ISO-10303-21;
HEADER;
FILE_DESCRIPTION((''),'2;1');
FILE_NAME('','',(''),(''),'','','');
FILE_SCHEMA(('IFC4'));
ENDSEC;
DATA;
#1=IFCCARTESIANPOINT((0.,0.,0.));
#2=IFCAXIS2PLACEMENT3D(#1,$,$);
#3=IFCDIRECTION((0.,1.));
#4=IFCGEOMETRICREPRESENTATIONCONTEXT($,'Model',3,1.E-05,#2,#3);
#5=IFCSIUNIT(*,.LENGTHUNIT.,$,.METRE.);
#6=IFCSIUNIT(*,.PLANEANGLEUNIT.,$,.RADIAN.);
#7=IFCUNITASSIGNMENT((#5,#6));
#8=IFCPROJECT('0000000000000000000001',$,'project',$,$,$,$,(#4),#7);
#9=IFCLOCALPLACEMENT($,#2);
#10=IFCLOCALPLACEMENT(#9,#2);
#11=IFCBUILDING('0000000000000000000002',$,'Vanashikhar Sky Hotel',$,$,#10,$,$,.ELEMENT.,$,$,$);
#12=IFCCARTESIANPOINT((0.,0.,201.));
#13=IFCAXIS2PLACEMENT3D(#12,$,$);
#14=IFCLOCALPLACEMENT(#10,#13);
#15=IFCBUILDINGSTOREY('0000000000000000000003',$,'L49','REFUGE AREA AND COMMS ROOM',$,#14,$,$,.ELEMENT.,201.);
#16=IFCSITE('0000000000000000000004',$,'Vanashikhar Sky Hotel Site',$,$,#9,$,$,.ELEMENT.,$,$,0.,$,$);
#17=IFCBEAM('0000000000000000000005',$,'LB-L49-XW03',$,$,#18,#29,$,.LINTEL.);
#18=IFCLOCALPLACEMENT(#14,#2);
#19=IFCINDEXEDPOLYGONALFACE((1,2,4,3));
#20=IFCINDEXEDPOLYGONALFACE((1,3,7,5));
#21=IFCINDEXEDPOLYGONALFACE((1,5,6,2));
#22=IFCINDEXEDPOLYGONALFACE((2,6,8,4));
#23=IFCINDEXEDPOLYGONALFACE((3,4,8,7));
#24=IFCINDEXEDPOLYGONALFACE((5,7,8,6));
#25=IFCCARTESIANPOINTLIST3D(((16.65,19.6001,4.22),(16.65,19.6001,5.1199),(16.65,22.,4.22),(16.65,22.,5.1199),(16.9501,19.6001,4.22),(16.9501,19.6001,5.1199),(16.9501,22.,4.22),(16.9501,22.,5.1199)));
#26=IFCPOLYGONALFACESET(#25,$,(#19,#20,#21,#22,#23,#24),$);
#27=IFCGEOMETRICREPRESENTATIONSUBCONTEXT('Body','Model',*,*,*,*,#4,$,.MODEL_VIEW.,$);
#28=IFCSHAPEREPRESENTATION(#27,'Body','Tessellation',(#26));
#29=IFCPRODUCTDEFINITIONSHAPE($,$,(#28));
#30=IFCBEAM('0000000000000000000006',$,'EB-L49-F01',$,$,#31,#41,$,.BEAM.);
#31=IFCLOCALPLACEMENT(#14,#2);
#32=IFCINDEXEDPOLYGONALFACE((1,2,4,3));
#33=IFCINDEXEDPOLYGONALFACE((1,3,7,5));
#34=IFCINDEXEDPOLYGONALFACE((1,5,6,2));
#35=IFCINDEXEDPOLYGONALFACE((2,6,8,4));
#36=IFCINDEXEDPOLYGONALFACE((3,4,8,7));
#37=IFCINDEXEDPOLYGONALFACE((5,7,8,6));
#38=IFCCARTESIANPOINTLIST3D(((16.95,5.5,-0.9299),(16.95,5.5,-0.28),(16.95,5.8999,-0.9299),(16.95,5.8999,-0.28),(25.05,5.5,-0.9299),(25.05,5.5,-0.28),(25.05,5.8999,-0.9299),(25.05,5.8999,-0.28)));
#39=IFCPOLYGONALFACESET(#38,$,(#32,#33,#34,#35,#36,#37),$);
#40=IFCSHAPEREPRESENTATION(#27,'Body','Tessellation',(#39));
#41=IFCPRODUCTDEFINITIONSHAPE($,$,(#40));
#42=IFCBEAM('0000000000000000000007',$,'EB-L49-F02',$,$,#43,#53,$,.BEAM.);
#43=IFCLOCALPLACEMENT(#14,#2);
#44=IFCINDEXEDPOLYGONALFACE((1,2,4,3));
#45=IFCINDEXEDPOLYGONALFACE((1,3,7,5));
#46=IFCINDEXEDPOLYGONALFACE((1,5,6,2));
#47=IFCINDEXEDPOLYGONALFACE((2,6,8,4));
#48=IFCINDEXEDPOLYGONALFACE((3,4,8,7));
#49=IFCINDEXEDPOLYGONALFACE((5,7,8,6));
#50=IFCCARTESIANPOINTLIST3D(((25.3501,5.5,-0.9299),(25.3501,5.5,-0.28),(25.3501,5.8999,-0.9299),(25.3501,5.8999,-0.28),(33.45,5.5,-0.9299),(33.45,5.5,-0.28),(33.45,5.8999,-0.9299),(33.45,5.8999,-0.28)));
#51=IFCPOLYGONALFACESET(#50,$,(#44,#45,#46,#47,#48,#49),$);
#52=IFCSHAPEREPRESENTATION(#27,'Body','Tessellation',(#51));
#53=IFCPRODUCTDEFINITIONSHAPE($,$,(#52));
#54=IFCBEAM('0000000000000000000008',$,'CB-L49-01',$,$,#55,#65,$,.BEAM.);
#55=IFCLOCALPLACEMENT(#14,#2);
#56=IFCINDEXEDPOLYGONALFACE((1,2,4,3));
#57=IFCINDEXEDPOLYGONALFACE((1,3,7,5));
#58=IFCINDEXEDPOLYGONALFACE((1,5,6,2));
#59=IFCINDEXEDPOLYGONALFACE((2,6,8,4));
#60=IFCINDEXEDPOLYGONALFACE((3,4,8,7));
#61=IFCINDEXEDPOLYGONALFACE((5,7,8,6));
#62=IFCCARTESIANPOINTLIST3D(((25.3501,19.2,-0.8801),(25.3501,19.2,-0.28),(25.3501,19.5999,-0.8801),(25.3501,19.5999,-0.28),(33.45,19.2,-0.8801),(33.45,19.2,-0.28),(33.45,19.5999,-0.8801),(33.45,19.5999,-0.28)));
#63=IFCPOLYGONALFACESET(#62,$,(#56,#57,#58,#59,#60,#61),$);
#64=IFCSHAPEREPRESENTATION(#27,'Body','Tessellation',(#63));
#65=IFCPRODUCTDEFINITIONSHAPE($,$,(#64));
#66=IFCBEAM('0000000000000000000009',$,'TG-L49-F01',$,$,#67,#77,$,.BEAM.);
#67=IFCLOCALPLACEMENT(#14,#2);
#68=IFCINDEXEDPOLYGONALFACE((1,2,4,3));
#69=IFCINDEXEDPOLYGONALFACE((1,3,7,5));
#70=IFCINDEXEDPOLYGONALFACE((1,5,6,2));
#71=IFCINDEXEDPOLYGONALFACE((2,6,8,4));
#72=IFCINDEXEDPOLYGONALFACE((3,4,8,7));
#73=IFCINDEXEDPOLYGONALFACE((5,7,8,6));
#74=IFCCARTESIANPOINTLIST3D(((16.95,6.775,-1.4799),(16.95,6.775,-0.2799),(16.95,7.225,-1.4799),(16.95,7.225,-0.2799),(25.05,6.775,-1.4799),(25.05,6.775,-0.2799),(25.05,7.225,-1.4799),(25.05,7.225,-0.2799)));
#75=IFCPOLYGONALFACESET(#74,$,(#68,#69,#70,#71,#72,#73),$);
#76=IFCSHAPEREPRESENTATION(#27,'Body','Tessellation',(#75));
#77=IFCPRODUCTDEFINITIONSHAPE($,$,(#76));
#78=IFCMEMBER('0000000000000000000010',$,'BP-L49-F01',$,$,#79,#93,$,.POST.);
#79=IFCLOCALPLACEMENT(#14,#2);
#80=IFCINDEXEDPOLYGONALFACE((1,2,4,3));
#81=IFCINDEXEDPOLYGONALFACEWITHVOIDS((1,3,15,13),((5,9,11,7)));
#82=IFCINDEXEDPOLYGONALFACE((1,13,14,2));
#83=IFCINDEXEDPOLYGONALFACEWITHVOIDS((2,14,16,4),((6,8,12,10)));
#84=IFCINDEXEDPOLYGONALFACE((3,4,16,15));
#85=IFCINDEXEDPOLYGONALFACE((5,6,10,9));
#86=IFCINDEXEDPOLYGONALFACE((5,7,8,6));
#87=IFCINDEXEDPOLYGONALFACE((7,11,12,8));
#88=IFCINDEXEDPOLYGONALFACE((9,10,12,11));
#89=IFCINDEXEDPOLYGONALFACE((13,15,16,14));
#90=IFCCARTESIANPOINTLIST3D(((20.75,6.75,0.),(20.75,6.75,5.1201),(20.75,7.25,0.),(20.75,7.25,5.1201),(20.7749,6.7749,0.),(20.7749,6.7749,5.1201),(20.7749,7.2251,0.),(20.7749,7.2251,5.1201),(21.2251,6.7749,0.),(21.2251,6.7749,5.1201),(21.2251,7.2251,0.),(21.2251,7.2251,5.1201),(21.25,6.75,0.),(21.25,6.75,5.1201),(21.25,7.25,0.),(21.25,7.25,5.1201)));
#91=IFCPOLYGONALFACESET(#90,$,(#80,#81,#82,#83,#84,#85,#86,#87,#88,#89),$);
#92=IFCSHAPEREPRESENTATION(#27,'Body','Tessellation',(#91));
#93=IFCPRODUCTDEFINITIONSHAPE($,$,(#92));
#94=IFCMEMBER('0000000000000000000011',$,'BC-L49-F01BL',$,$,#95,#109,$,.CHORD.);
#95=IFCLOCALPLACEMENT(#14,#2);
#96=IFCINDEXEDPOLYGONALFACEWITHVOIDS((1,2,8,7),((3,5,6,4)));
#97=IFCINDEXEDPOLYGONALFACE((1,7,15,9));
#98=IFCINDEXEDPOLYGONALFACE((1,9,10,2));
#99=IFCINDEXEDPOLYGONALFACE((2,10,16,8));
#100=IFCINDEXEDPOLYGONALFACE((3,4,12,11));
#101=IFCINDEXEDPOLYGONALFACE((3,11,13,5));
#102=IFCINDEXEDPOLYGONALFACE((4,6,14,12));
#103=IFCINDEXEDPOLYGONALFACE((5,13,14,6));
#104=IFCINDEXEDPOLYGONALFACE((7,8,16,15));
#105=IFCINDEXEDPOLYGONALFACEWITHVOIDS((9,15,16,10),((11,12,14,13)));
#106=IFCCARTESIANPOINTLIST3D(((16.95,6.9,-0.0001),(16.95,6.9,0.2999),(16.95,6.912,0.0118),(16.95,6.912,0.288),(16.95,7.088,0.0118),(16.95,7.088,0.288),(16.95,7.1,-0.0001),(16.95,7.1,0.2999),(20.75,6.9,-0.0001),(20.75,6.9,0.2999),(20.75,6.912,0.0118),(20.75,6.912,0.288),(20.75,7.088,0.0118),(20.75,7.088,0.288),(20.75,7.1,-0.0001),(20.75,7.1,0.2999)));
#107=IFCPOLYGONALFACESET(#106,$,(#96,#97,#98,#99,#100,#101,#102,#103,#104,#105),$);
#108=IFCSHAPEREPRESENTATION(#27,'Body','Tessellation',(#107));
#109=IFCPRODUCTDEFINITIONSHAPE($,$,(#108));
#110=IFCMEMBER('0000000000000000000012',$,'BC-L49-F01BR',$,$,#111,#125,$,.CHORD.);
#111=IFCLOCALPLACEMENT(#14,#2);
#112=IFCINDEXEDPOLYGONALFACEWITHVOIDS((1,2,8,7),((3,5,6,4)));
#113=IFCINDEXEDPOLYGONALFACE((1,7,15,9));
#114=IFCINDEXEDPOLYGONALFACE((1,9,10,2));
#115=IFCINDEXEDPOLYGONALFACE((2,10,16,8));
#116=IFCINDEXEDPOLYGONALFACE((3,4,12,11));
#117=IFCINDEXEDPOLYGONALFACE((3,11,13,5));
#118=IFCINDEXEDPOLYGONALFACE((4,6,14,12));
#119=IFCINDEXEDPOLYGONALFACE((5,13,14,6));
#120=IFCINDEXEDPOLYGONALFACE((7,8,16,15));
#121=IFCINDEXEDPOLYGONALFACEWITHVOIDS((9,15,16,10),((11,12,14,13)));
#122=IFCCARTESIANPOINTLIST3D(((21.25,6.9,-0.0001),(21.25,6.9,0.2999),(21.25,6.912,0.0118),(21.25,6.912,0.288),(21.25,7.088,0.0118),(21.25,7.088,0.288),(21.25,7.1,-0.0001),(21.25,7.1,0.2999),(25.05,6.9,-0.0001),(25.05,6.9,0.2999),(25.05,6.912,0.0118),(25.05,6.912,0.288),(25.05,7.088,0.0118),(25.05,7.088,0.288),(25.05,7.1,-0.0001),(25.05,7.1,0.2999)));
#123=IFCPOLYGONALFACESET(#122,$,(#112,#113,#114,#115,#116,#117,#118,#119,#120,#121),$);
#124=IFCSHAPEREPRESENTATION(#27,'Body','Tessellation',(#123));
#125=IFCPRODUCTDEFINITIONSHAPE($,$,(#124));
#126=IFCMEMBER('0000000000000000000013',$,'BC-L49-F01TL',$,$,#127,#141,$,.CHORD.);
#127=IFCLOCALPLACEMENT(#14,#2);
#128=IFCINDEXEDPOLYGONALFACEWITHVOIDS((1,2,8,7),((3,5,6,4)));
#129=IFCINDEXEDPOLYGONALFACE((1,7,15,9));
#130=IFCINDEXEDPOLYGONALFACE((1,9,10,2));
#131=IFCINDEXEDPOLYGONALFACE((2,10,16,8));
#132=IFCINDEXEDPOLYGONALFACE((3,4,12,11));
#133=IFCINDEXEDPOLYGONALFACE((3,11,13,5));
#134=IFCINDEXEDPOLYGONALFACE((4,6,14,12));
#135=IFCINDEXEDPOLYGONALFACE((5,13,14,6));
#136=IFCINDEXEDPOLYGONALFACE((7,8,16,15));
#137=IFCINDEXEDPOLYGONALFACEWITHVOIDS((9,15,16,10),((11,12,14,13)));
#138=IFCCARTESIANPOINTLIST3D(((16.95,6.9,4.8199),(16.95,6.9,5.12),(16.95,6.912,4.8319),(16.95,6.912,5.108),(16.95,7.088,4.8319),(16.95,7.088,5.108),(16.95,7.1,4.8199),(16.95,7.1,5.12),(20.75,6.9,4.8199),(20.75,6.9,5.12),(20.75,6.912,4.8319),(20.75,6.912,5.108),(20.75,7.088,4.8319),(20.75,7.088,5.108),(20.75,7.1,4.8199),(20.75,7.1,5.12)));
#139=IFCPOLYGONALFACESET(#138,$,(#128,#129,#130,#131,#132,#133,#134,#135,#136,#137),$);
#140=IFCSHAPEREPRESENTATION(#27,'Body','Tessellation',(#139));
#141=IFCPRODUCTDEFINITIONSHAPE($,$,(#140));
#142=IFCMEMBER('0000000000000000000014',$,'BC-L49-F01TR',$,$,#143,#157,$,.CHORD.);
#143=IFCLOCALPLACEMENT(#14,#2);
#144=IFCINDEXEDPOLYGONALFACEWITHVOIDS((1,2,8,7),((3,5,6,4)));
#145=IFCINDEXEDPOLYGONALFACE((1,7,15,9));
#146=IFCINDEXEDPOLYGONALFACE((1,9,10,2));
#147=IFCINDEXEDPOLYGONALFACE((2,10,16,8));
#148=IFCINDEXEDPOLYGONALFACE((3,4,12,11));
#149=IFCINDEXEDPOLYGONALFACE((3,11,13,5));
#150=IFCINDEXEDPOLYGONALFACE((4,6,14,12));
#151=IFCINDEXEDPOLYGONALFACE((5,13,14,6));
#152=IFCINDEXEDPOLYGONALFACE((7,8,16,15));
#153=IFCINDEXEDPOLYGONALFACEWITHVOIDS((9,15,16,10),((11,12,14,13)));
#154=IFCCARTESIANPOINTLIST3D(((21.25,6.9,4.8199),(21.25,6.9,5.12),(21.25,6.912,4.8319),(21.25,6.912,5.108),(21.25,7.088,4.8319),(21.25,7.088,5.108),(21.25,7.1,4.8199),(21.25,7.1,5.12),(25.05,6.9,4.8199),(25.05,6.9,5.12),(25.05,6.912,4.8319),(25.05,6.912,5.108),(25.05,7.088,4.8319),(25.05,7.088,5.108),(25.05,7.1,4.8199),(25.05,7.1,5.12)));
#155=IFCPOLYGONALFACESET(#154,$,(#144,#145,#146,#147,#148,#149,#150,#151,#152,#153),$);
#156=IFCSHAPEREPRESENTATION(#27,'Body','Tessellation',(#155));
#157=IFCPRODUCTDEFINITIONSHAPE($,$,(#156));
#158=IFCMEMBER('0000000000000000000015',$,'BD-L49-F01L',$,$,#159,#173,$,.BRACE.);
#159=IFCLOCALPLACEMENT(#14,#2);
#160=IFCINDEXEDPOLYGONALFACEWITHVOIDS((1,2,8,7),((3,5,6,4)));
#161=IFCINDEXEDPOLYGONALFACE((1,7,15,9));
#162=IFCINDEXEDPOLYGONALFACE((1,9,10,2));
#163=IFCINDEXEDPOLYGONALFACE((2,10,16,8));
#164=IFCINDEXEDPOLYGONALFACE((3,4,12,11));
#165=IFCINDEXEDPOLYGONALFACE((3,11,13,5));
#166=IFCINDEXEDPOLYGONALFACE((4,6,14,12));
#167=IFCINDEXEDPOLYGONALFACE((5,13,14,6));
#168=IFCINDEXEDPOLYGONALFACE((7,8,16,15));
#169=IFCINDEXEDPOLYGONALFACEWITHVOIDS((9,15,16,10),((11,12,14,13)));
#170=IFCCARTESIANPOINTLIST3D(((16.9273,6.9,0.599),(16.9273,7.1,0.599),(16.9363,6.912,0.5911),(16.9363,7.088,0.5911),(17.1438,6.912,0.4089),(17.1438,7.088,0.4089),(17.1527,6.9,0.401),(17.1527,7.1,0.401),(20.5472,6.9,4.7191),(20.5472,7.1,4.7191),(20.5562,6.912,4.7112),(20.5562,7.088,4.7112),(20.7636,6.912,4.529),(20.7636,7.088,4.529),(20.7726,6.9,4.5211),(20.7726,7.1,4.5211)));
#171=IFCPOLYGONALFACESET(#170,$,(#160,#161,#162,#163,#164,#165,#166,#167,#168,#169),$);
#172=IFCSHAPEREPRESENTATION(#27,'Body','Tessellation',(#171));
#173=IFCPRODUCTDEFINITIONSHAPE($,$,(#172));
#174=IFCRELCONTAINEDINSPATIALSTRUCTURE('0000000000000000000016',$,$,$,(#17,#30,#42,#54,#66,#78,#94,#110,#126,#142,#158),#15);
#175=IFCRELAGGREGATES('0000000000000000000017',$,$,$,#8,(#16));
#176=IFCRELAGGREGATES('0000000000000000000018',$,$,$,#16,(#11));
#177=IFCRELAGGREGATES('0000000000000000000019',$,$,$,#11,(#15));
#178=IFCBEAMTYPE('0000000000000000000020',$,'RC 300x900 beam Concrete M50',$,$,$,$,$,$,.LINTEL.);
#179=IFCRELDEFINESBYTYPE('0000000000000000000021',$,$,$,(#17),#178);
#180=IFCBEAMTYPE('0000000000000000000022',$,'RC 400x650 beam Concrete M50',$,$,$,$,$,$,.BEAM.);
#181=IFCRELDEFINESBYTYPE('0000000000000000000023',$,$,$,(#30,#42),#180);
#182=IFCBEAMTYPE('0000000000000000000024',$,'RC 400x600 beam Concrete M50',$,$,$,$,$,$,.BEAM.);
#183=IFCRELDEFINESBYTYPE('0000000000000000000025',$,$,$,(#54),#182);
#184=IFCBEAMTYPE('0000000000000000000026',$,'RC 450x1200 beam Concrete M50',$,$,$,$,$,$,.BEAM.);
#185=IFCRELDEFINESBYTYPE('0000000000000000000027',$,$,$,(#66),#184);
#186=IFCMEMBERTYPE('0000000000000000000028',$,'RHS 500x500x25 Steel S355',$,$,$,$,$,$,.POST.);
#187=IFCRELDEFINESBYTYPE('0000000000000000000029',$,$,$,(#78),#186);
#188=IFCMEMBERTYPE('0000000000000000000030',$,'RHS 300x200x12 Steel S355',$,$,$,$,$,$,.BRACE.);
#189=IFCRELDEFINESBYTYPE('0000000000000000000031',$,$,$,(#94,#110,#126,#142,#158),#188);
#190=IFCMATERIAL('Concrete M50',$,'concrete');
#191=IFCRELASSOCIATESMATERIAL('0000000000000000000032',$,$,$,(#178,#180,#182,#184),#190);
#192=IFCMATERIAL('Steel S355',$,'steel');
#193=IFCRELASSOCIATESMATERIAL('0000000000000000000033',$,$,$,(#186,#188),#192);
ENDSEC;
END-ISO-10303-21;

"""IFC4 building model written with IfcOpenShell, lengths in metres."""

from ifc_helpers import new_model, si_unit, direction, frame, origin, origin_2d, place, context, subcontext, project, spatial, rectangle, hollow_rectangle, extrude, source, transform, mapped, material, material_profile, profile_set, type_object, element, save


model = new_model("IFC4")

# Units and contexts
model_context = context("Model", 3, precision=1e-05, world=origin(), true_north=direction((0.0, 1.0)))
body_context = subcontext(model_context, "Body", "Model", "MODEL_VIEW")
ifc_project = project(units=[si_unit("LENGTHUNIT", "METRE"), si_unit("PLANEANGLEUNIT", "RADIAN")], contexts=[model_context])

# Site, building, storey
site_placement = place(None, origin())
site = spatial("IfcSite", under=ifc_project, at=site_placement, Name="Vanashikhar Sky Hotel Site", CompositionType="ELEMENT", RefElevation=0.0)
building_placement = place(site_placement, origin())
building = spatial("IfcBuilding", under=site, at=building_placement, Name="Vanashikhar Sky Hotel", CompositionType="ELEMENT")
storey_placement = place(building_placement, frame((0.0, 0.0, 201.0)))
storey = spatial("IfcBuildingStorey", under=building, at=storey_placement, Name="L49", Description="REFUGE AREA AND COMMS ROOM", CompositionType="ELEMENT", Elevation=201.0)

# Beams
ifc_material_1 = material(Name="Concrete M50", Category="concrete")
ifc_material_profile_1 = material_profile(ifc_material_1, rectangle(XDim=0.3, YDim=0.8999, at=origin_2d()))
ifc_profile_set_1 = profile_set([ifc_material_profile_1], Name="RC 300x900 beam Concrete M50")
beam_type_1 = type_object("IfcBeamType", Name="RC 300x900 beam Concrete M50", PredefinedType="LINTEL", material=ifc_profile_set_1)
shared_shape_1 = source(origin(), body_context, "Body", "SweptSolid", [
    extrude(rectangle(XDim=0.3, YDim=0.8999, at=origin_2d()), origin(), (0.0, 0.0, 1.0), 2.3999),
])
beam_1_placement = place(storey_placement, frame((16.8, 19.6001, 4.6699), z_axis=(0.0, 1.0, 0.0), x_axis=(-1.0, 0.0, 0.0)))
element("IfcBeam", 1, at=beam_1_placement, inside=storey, type_object=beam_type_1, Name="LB-L49-XW03", PredefinedType="LINTEL", context=body_context, shape_type="MappedRepresentation", body=[
    mapped(shared_shape_1, transform((0.0, 0.0, 0.0), scale=1.0)),
])
ifc_material_profile_2 = material_profile(ifc_material_1, rectangle(XDim=0.3999, YDim=0.6499, at=origin_2d()))
ifc_profile_set_2 = profile_set([ifc_material_profile_2], Name="RC 400x650 beam Concrete M50")
beam_type_2 = type_object("IfcBeamType", Name="RC 400x650 beam Concrete M50", PredefinedType="BEAM", material=ifc_profile_set_2)
shared_shape_2 = source(origin(), body_context, "Body", "SweptSolid", [
    extrude(rectangle(XDim=0.3999, YDim=0.6499, at=origin_2d()), origin(), (0.0, 0.0, 1.0), 8.1001),
])
beam_2_placement = place(storey_placement, frame((16.95, 5.7, -0.605), z_axis=(1.0, 0.0, 0.0), x_axis=(0.0, 1.0, 0.0)))
element("IfcBeam", 2, at=beam_2_placement, inside=storey, type_object=beam_type_2, Name="EB-L49-F01", PredefinedType="BEAM", context=body_context, shape_type="MappedRepresentation", body=[
    mapped(shared_shape_2, transform((0.0, 0.0, 0.0), scale=1.0)),
])
shared_shape_3 = source(origin(), body_context, "Body", "SweptSolid", [
    extrude(rectangle(XDim=0.3999, YDim=0.6499, at=origin_2d()), origin(), (0.0, 0.0, 1.0), 8.0999),
])
beam_3_placement = place(storey_placement, frame((25.3501, 5.7, -0.605), z_axis=(1.0, 0.0, 0.0), x_axis=(0.0, 1.0, 0.0)))
element("IfcBeam", 3, at=beam_3_placement, inside=storey, type_object=beam_type_2, Name="EB-L49-F02", PredefinedType="BEAM", context=body_context, shape_type="MappedRepresentation", body=[
    mapped(shared_shape_3, transform((0.0, 0.0, 0.0), scale=1.0)),
])
ifc_material_profile_3 = material_profile(ifc_material_1, rectangle(XDim=0.3999, YDim=0.6001, at=origin_2d()))
ifc_profile_set_3 = profile_set([ifc_material_profile_3], Name="RC 400x600 beam Concrete M50")
beam_type_3 = type_object("IfcBeamType", Name="RC 400x600 beam Concrete M50", PredefinedType="BEAM", material=ifc_profile_set_3)
shared_shape_4 = source(origin(), body_context, "Body", "SweptSolid", [
    extrude(rectangle(XDim=0.3999, YDim=0.6001, at=origin_2d()), origin(), (0.0, 0.0, 1.0), 8.0999),
])
beam_4_placement = place(storey_placement, frame((25.3501, 19.3999, -0.5801), z_axis=(1.0, 0.0, 0.0), x_axis=(0.0, 1.0, 0.0)))
element("IfcBeam", 4, at=beam_4_placement, inside=storey, type_object=beam_type_3, Name="CB-L49-01", PredefinedType="BEAM", context=body_context, shape_type="MappedRepresentation", body=[
    mapped(shared_shape_4, transform((0.0, 0.0, 0.0), scale=1.0)),
])
ifc_material_profile_4 = material_profile(ifc_material_1, rectangle(XDim=0.45, YDim=1.2, at=origin_2d()))
ifc_profile_set_4 = profile_set([ifc_material_profile_4], Name="RC 450x1200 beam Concrete M50")
beam_type_4 = type_object("IfcBeamType", Name="RC 450x1200 beam Concrete M50", PredefinedType="BEAM", material=ifc_profile_set_4)
shared_shape_5 = source(origin(), body_context, "Body", "SweptSolid", [
    extrude(rectangle(XDim=0.45, YDim=1.2, at=origin_2d()), origin(), (0.0, 0.0, 1.0), 8.1001),
])
beam_5_placement = place(storey_placement, frame((16.95, 7.0, -0.8799), z_axis=(1.0, 0.0, 0.0), x_axis=(0.0, 1.0, 0.0)))
element("IfcBeam", 5, at=beam_5_placement, inside=storey, type_object=beam_type_4, Name="TG-L49-F01", PredefinedType="BEAM", context=body_context, shape_type="MappedRepresentation", body=[
    mapped(shared_shape_5, transform((0.0, 0.0, 0.0), scale=1.0)),
])

# Members
ifc_material_2 = material(Name="Steel S355", Category="steel")
ifc_material_profile_5 = material_profile(ifc_material_2, hollow_rectangle(XDim=0.5, YDim=0.5, WallThickness=0.0249, at=origin_2d()))
ifc_profile_set_5 = profile_set([ifc_material_profile_5], Name="RHS 500x500x25 Steel S355")
member_type_1 = type_object("IfcMemberType", Name="RHS 500x500x25 Steel S355", PredefinedType="POST", material=ifc_profile_set_5)
shared_shape_6 = source(origin(), body_context, "Body", "SweptSolid", [
    extrude(hollow_rectangle(XDim=0.5, YDim=0.5, WallThickness=0.0249, at=origin_2d()), origin(), (0.0, 0.0, 1.0), 5.1201),
])
member_placement = place(storey_placement, frame((21.0, 7.0, 0.0), z_axis=(0.0, 0.0, 1.0), x_axis=(1.0, 0.0, 0.0)))
element("IfcMember", 6, at=member_placement, inside=storey, type_object=member_type_1, Name="BP-L49-F01", PredefinedType="POST", context=body_context, shape_type="MappedRepresentation", body=[
    mapped(shared_shape_6, transform((0.0, 0.0, 0.0), scale=1.0)),
])
ifc_material_profile_6 = material_profile(ifc_material_2, hollow_rectangle(XDim=0.2, YDim=0.3, WallThickness=0.012, at=origin_2d()))
ifc_profile_set_6 = profile_set([ifc_material_profile_6], Name="RHS 300x200x12 Steel S355")
member_type_2 = type_object("IfcMemberType", Name="RHS 300x200x12 Steel S355", PredefinedType="BRACE", material=ifc_profile_set_6)
shared_shape_7 = source(origin(), body_context, "Body", "SweptSolid", [
    extrude(hollow_rectangle(XDim=0.2, YDim=0.3, WallThickness=0.012, at=origin_2d()), origin(), (0.0, 0.0, 1.0), 3.8),
])
for number, where, z_axis, x_axis, name in (
    (7, (16.95, 7.0, 0.1499), (1.0, 0.0, 0.0), (0.0, 1.0, 0.0), "BC-L49-F01BL"),
    (8, (21.25, 7.0, 0.1499), (1.0, 0.0, 0.0), (0.0, 1.0, 0.0), "BC-L49-F01BR"),
    (9, (16.95, 7.0, 4.97), (1.0, 0.0, 0.0), (0.0, 1.0, 0.0), "BC-L49-F01TL"),
    (10, (21.25, 7.0, 4.97), (1.0, 0.0, 0.0), (0.0, 1.0, 0.0), "BC-L49-F01TR"),
):
    element("IfcMember", number, at=place(storey_placement, frame(where, z_axis=z_axis, x_axis=x_axis)), inside=storey, type_object=member_type_2, Name=name, PredefinedType="CHORD", context=body_context, shape_type="MappedRepresentation", body=[
        mapped(shared_shape_7, transform((0.0, 0.0, 0.0), scale=1.0)),
    ])
shared_shape_8 = source(origin(), body_context, "Body", "SweptSolid", [
    extrude(hollow_rectangle(XDim=0.2, YDim=0.3, WallThickness=0.012, at=origin_2d()), origin(), (0.0, 0.0, 1.0), 5.4844),
])
for number, where, z_axis, x_axis, name in (
    (11, (17.04, 7.0, 0.5), (0.660029, 0.0, 0.75124), (0.0, 1.0, 0.0), "BD-L49-F01L"),
):
    element("IfcMember", number, at=place(storey_placement, frame(where, z_axis=z_axis, x_axis=x_axis)), inside=storey, type_object=member_type_2, Name=name, PredefinedType="BRACE", context=body_context, shape_type="MappedRepresentation", body=[
        mapped(shared_shape_8, transform((0.0, 0.0, 0.0), scale=1.0)),
    ])

save(model, "model.ifc")
